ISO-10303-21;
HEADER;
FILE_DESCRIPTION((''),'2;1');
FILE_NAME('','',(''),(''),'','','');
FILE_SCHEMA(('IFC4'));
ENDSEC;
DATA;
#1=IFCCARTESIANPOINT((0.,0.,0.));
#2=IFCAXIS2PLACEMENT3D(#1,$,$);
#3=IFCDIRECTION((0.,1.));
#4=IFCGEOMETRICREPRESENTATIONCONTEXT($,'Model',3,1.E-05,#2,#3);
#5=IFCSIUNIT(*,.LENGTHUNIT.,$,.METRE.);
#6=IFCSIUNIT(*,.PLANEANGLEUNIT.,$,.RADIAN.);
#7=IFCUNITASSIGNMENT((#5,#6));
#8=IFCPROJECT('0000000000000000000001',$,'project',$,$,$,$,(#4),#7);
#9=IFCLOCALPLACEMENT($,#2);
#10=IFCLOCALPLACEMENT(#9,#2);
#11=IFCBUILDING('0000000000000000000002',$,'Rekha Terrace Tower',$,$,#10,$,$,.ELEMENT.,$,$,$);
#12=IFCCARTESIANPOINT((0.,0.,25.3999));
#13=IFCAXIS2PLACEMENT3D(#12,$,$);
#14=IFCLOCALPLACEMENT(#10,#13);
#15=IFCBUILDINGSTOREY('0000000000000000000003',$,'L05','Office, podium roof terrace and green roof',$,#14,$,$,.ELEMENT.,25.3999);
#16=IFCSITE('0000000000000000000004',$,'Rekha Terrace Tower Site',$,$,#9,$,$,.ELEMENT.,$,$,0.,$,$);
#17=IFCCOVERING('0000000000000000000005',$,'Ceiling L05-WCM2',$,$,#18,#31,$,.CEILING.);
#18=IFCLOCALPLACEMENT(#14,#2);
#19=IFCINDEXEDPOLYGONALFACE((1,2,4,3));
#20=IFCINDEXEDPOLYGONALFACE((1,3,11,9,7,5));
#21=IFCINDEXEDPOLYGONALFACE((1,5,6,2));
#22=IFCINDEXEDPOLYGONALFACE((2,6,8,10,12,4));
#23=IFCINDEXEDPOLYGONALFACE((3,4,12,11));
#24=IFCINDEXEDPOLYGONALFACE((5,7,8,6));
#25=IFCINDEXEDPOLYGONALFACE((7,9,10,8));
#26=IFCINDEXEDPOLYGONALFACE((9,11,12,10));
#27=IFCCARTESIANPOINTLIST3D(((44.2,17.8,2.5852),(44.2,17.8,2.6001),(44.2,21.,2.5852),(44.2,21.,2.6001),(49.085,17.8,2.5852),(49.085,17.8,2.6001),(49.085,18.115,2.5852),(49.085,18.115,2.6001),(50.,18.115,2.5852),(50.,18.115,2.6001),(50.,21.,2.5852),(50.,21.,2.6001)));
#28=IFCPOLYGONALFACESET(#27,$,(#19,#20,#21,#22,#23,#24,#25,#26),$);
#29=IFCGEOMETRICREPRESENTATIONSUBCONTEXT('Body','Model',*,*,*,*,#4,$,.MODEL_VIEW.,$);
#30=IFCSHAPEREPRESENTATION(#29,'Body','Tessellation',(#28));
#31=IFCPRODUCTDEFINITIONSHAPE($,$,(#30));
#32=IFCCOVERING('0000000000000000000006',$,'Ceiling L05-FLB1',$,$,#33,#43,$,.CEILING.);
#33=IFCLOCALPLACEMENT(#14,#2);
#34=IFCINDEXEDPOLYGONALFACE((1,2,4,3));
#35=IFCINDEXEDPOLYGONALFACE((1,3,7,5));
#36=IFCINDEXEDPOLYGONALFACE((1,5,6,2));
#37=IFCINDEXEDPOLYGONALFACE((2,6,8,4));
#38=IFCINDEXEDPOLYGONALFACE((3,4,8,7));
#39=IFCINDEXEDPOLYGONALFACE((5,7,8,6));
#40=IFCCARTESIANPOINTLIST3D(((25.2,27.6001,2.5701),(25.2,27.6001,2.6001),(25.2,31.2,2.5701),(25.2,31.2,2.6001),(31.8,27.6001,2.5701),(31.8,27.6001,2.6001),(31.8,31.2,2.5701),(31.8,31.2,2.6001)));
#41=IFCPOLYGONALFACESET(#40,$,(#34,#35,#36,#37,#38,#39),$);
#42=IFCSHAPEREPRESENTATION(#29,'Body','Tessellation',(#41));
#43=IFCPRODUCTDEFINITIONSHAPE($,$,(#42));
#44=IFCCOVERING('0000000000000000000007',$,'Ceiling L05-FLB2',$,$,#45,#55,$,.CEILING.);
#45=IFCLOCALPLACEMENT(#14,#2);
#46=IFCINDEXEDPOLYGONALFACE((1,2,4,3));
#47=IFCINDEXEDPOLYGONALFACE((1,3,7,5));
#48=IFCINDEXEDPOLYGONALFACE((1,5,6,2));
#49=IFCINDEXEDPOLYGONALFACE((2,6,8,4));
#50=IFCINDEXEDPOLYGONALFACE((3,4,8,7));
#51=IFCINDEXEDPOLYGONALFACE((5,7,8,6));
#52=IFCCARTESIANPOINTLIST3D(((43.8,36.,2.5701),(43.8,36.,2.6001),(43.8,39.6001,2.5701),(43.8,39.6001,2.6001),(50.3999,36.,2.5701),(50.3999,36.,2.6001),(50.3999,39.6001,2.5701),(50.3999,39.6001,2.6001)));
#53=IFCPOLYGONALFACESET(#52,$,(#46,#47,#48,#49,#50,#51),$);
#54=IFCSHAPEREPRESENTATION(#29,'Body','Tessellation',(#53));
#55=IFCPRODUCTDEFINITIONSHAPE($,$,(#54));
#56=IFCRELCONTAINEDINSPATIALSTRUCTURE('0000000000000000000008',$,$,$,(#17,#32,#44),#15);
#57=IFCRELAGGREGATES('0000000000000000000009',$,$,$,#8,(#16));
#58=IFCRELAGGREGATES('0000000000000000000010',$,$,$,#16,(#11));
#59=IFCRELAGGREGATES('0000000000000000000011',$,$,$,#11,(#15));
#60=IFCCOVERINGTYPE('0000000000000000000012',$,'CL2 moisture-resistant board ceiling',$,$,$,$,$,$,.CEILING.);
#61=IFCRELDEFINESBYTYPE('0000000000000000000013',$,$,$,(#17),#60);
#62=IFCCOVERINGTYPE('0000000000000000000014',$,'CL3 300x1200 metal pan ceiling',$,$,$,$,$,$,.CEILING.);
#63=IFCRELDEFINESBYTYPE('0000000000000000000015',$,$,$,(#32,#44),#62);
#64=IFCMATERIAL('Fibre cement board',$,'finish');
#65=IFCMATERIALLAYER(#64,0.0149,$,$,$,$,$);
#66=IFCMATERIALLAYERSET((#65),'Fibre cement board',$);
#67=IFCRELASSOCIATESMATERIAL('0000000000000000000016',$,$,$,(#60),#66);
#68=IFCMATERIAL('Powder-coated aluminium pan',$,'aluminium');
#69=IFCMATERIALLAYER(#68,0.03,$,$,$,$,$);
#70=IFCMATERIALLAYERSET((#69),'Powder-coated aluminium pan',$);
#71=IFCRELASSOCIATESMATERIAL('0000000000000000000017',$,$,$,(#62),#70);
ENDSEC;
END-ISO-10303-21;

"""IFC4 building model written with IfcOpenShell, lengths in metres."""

from ifc_helpers import new_model, si_unit, direction, frame, origin, place, context, subcontext, project, spatial, polyline, outline, extrude, material, layer, layer_set, type_object, element, save


model = new_model("IFC4")

# Units and contexts
model_context = context("Model", 3, precision=1e-05, world=origin(), true_north=direction((0.0, 1.0)))
body_context = subcontext(model_context, "Body", "Model", "MODEL_VIEW")
ifc_project = project(units=[si_unit("LENGTHUNIT", "METRE"), si_unit("PLANEANGLEUNIT", "RADIAN")], contexts=[model_context])

# Site, building, storey
site_placement = place(None, origin())
site = spatial("IfcSite", under=ifc_project, at=site_placement, Name="Rekha Terrace Tower Site", CompositionType="ELEMENT", RefElevation=0.0)
building_placement = place(site_placement, origin())
building = spatial("IfcBuilding", under=site, at=building_placement, Name="Rekha Terrace Tower", CompositionType="ELEMENT")
storey_placement = place(building_placement, frame((0.0, 0.0, 25.3999)))
storey = spatial("IfcBuildingStorey", under=building, at=storey_placement, Name="L05", Description="Office, podium roof terrace and green roof", CompositionType="ELEMENT", Elevation=25.3999)

# Coverings
ifc_material_1 = material(Name="Fibre cement board", Category="finish")
ifc_layer_1 = layer(ifc_material_1, 0.0149)
ifc_layer_set_1 = layer_set([ifc_layer_1], Name="Fibre cement board")
covering_type_1 = type_object("IfcCoveringType", Name="CL2 moisture-resistant board ceiling", PredefinedType="CEILING", material=ifc_layer_set_1)
covering_1_placement = place(storey_placement, frame((0.0, 0.0, 2.5852)))
element("IfcCovering", 1, at=covering_1_placement, inside=storey, type_object=covering_type_1, Name="Ceiling L05-WCM2", PredefinedType="CEILING", context=body_context, shape_type="SweptSolid", body=[
    extrude(outline(polyline([(50.0, 21.0), (44.2, 21.0), (44.2, 17.8), (49.085, 17.8), (49.085, 18.115), (50.0, 18.115), (50.0, 21.0)])), origin(), (0.0, 0.0, 1.0), 0.0149),
])
ifc_material_2 = material(Name="Powder-coated aluminium pan", Category="aluminium")
ifc_layer_2 = layer(ifc_material_2, 0.03)
ifc_layer_set_2 = layer_set([ifc_layer_2], Name="Powder-coated aluminium pan")
covering_type_2 = type_object("IfcCoveringType", Name="CL3 300x1200 metal pan ceiling", PredefinedType="CEILING", material=ifc_layer_set_2)
covering_2_placement = place(storey_placement, frame((0.0, 0.0, 2.5701)))
element("IfcCovering", 2, at=covering_2_placement, inside=storey, type_object=covering_type_2, Name="Ceiling L05-FLB1", PredefinedType="CEILING", context=body_context, shape_type="SweptSolid", body=[
    extrude(outline(polyline([(31.8, 31.2), (25.2, 31.2), (25.2, 27.6001), (31.8, 27.6001), (31.8, 31.2)])), origin(), (0.0, 0.0, 1.0), 0.03),
])
covering_3_placement = place(storey_placement, frame((0.0, 0.0, 2.5701)))
element("IfcCovering", 3, at=covering_3_placement, inside=storey, type_object=covering_type_2, Name="Ceiling L05-FLB2", PredefinedType="CEILING", context=body_context, shape_type="SweptSolid", body=[
    extrude(outline(polyline([(50.3999, 39.6001), (43.8, 39.6001), (43.8, 36.0), (50.3999, 36.0), (50.3999, 39.6001)])), origin(), (0.0, 0.0, 1.0), 0.03),
])

save(model, "model.ifc")
